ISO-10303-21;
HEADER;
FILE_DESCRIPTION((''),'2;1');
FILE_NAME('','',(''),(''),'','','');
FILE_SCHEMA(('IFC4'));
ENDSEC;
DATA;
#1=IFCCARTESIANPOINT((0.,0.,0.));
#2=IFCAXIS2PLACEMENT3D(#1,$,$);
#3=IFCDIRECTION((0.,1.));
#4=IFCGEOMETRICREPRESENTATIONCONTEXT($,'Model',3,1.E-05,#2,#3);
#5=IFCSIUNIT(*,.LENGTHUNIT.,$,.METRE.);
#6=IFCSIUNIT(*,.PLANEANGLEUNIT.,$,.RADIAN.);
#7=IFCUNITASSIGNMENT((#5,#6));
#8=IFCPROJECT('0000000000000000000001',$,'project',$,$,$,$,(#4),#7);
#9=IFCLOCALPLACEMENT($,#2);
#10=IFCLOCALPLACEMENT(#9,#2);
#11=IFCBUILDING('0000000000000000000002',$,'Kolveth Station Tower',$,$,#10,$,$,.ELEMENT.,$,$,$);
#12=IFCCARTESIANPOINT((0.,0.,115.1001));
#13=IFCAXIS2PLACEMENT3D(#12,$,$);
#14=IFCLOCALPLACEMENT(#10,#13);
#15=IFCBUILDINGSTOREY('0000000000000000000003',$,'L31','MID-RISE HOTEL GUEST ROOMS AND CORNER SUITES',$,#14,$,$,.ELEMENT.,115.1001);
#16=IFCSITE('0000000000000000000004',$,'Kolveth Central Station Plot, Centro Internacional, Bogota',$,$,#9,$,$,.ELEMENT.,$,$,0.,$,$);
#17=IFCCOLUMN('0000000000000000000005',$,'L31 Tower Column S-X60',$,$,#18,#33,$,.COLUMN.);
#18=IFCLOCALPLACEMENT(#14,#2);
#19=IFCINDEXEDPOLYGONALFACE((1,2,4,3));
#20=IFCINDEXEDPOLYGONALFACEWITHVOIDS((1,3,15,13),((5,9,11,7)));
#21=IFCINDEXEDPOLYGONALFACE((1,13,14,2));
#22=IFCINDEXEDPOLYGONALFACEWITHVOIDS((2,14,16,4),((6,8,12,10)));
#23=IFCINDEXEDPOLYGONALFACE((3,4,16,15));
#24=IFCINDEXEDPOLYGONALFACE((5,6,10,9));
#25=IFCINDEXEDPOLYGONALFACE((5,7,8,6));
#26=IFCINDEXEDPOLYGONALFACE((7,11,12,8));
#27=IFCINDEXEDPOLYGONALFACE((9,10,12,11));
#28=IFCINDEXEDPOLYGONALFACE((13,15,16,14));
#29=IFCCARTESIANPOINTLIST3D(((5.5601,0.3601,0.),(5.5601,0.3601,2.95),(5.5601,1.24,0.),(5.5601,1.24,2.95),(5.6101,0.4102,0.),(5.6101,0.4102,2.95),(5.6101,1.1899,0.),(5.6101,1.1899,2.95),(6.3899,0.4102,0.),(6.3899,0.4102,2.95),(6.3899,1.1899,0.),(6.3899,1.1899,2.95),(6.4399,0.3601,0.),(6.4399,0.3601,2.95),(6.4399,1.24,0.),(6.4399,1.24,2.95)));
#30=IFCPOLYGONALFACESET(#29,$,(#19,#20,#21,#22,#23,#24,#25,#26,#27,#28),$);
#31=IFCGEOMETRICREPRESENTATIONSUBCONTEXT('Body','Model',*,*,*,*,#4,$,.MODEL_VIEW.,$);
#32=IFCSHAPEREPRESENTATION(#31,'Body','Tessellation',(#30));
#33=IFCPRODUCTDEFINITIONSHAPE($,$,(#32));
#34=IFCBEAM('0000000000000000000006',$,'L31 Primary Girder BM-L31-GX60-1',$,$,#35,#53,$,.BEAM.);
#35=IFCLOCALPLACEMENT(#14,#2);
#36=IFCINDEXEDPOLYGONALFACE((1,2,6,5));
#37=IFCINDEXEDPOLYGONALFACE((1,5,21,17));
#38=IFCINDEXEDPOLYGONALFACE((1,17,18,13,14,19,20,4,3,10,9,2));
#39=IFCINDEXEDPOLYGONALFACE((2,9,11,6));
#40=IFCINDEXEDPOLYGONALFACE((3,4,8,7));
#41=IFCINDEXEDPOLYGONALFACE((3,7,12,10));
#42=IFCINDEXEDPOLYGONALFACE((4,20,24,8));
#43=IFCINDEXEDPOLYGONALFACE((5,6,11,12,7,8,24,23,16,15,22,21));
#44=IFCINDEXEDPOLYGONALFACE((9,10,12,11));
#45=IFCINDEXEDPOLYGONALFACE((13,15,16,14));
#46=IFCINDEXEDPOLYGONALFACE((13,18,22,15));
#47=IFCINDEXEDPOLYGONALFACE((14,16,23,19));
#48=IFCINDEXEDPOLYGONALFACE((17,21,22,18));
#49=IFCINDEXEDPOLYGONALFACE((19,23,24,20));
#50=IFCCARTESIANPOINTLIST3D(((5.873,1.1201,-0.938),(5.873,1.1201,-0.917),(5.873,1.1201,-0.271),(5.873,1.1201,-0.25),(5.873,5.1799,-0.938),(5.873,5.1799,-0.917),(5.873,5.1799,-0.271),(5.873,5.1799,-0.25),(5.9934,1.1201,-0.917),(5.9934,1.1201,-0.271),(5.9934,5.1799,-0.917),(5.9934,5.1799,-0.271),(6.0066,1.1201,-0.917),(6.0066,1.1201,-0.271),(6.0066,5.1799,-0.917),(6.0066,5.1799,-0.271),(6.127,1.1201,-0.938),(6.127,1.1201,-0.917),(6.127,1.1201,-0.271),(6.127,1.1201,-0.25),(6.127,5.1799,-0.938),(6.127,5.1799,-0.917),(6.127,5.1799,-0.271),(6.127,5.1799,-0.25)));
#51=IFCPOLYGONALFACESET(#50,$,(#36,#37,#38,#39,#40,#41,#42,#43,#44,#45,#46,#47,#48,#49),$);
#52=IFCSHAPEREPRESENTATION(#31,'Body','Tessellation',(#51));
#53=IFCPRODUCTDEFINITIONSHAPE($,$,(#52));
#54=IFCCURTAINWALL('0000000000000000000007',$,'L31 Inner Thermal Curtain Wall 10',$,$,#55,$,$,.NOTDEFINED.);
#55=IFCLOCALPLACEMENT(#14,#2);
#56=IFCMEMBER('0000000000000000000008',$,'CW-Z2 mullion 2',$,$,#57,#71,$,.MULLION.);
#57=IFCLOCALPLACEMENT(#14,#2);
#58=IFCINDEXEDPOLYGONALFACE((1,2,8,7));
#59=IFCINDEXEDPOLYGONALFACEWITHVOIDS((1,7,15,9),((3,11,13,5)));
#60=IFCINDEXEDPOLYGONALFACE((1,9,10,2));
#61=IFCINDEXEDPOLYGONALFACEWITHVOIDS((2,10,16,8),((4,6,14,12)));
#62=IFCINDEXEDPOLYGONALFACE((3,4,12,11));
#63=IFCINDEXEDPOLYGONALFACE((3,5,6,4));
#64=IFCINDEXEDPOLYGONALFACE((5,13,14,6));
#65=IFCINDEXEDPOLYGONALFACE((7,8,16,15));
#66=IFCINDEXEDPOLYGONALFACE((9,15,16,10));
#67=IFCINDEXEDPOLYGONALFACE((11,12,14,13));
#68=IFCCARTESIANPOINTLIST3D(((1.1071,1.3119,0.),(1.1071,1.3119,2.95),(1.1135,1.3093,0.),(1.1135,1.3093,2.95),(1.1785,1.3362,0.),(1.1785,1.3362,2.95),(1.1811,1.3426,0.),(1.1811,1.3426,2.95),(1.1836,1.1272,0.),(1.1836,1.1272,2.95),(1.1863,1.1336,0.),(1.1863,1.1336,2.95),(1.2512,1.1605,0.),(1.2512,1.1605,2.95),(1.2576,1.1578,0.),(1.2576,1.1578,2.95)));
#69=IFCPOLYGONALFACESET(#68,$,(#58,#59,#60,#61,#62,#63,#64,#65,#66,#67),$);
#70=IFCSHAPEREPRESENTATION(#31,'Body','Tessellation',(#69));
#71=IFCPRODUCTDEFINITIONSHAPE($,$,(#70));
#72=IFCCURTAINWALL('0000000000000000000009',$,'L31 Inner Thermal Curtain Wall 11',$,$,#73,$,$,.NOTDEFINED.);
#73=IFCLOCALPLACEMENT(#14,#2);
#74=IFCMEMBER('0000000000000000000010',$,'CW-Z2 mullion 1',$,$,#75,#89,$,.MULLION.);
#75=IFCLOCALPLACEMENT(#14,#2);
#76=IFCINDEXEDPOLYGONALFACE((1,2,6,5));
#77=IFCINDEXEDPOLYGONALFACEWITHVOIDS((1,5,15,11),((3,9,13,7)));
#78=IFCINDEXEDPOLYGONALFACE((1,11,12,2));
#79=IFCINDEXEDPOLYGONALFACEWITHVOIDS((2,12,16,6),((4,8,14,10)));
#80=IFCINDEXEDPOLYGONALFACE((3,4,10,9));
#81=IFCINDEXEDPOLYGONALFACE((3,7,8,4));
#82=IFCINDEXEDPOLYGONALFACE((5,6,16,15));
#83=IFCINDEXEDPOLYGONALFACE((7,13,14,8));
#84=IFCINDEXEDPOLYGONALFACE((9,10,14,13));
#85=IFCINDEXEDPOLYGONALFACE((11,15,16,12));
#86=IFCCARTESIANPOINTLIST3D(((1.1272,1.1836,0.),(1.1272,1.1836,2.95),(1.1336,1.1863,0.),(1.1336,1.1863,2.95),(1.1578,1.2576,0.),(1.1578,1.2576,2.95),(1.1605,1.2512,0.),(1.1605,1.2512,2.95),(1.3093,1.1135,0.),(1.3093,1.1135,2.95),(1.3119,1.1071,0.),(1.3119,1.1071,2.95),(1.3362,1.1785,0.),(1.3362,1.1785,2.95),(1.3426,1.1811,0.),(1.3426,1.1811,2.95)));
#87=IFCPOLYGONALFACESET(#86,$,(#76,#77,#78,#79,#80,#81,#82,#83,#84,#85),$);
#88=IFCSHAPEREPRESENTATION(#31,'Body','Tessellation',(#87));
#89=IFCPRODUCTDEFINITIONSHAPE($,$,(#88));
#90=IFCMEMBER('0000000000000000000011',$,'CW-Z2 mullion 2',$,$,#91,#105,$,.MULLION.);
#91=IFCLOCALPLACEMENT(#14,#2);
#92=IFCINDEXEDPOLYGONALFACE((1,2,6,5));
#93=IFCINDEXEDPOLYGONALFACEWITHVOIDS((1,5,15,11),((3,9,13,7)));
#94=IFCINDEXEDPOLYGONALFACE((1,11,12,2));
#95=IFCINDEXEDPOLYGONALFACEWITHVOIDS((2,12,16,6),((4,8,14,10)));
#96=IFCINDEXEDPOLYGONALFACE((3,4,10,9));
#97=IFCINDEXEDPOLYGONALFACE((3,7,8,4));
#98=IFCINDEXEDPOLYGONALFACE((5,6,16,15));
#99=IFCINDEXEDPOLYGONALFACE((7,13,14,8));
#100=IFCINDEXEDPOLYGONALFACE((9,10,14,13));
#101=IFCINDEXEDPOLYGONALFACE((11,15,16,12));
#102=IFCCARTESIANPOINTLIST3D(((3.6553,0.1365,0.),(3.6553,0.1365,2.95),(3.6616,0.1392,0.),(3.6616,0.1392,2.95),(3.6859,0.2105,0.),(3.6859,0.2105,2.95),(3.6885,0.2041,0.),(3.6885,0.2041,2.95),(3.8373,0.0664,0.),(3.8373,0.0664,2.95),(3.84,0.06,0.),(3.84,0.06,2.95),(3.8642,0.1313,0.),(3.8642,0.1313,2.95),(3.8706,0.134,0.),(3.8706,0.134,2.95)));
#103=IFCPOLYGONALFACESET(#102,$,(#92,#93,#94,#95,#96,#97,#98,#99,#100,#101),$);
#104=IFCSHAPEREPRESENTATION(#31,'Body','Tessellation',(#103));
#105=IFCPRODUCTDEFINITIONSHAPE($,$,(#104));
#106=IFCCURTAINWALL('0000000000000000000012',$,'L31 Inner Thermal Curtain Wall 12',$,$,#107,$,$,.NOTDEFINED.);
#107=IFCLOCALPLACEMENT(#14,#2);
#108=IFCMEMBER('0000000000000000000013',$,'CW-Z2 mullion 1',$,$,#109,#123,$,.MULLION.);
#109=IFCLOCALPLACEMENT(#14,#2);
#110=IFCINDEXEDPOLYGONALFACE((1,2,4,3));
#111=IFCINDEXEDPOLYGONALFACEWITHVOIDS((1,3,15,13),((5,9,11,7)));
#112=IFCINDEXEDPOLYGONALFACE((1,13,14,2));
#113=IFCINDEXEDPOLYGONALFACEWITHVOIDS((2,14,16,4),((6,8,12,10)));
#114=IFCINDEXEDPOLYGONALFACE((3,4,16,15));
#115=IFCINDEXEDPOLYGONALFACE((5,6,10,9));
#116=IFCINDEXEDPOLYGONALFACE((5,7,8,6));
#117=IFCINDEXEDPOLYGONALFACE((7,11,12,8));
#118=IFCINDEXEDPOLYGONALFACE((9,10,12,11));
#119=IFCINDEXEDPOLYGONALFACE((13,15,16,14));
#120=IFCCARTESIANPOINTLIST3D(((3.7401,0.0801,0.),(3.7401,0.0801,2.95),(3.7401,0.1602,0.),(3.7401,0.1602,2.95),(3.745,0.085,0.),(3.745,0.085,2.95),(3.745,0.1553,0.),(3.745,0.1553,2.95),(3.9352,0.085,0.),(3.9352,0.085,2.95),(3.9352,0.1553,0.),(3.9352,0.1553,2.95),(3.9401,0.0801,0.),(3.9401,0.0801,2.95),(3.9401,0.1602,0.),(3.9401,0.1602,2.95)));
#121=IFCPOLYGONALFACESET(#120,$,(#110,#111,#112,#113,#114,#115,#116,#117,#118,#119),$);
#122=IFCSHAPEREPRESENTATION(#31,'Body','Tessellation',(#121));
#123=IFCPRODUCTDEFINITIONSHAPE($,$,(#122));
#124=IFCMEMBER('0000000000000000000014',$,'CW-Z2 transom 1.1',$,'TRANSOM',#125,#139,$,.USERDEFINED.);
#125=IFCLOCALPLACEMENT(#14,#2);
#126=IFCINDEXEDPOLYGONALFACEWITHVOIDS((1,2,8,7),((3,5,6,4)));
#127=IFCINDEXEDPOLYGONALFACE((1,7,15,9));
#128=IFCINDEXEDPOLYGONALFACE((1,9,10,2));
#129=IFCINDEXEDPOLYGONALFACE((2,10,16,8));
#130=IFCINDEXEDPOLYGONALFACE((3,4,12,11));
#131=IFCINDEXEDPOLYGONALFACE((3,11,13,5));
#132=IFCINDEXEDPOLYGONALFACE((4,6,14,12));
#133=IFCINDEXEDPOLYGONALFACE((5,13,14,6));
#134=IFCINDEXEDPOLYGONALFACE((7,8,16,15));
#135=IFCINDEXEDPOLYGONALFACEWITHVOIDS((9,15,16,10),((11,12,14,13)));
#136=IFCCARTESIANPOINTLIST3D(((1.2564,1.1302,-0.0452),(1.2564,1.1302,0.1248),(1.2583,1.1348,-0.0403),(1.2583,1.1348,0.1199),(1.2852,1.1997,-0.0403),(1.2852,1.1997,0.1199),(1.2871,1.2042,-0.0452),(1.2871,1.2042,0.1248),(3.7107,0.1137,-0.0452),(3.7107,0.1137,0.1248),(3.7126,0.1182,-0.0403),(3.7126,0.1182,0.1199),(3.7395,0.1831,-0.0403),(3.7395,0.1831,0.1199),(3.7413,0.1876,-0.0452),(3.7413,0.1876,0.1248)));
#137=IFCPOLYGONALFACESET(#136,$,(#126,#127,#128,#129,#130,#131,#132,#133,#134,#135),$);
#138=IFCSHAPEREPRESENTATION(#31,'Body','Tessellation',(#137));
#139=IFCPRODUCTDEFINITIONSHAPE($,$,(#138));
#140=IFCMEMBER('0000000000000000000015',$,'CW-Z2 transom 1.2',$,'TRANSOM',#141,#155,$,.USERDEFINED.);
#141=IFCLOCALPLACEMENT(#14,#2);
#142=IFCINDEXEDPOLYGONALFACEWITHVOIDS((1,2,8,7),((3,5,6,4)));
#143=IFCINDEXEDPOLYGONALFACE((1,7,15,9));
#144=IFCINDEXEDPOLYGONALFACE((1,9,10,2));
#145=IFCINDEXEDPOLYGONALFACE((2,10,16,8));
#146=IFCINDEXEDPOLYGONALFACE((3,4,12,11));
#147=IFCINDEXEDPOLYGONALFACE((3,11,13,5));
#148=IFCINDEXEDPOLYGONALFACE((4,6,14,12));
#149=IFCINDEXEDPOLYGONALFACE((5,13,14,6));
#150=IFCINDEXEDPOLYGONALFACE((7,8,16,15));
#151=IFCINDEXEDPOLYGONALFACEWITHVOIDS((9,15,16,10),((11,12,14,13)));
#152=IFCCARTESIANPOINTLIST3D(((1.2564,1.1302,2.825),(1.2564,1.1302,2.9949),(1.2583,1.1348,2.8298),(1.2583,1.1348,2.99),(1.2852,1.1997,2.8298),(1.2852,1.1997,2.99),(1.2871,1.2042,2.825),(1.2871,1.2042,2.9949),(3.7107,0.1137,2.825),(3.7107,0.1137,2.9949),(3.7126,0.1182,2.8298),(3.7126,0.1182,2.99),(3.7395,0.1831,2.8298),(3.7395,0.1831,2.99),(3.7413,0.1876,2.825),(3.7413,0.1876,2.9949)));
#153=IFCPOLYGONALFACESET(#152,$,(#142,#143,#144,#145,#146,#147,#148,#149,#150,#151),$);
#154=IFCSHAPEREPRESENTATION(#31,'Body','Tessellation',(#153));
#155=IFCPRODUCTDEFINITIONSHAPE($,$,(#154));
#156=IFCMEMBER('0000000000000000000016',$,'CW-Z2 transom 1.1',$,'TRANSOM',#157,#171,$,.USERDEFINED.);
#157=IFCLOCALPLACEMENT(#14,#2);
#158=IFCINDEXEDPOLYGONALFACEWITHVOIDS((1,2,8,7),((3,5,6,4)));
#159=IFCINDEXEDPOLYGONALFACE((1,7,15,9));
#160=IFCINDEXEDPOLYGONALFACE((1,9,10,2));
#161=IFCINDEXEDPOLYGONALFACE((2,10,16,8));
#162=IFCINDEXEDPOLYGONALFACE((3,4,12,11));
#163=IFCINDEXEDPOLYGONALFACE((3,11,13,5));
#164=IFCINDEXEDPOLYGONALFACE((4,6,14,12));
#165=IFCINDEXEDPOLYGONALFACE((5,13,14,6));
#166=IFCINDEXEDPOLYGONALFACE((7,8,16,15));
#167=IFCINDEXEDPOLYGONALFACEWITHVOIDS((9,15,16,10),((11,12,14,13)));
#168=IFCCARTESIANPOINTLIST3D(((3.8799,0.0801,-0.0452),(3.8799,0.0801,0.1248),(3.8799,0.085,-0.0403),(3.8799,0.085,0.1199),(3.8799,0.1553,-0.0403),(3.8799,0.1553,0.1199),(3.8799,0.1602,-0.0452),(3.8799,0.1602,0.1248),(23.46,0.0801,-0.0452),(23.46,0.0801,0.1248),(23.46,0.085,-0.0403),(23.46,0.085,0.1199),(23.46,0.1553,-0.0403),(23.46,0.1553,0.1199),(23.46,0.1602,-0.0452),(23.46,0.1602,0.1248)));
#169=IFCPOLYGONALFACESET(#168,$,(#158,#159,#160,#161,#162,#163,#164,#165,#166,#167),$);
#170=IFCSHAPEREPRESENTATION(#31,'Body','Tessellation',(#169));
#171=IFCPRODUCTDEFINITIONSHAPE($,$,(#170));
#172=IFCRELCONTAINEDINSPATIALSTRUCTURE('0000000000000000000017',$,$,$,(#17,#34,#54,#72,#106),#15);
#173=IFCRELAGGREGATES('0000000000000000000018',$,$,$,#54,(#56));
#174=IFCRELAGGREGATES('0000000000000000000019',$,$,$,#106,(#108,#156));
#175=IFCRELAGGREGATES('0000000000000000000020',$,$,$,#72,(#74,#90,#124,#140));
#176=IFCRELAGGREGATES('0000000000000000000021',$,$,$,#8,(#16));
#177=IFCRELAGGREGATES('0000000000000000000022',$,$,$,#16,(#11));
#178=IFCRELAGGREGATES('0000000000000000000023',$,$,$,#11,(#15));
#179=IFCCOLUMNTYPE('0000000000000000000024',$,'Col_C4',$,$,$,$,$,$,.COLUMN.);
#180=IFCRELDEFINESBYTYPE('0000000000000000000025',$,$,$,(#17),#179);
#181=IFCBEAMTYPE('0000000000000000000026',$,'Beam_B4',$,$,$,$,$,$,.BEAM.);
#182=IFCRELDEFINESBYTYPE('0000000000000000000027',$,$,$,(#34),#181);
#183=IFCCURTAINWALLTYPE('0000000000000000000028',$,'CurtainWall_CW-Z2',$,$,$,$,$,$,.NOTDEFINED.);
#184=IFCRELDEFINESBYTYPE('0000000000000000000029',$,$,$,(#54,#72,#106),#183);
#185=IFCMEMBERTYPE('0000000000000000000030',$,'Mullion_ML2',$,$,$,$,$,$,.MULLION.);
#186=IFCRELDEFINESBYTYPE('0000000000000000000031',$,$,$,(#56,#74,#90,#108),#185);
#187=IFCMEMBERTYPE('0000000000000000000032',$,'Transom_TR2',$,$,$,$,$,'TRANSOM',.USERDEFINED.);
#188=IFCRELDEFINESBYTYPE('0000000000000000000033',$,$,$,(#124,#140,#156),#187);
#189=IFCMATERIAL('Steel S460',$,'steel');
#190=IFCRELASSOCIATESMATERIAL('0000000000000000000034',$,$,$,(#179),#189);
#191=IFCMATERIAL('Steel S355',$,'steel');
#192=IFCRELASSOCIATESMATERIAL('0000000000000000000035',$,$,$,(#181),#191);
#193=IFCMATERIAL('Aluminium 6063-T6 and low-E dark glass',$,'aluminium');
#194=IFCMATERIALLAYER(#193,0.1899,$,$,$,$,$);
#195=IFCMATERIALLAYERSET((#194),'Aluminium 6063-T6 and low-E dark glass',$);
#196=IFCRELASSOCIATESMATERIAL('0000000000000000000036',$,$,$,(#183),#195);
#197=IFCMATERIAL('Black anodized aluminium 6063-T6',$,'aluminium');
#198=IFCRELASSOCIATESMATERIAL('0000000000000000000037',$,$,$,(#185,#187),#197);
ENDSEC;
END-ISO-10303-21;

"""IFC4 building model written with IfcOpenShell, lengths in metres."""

from ifc_helpers import new_model, si_unit, direction, frame, origin, origin_2d, place, context, subcontext, project, spatial, hollow_rectangle, i_section, extrude, source, transform, mapped, material, layer, layer_set, material_profile, profile_set, type_object, element, aggregate, save


model = new_model("IFC4")

# Units and contexts
model_context = context("Model", 3, precision=1e-05, world=origin(), true_north=direction((0.0, 1.0)))
body_context = subcontext(model_context, "Body", "Model", "MODEL_VIEW")
ifc_project = project(units=[si_unit("LENGTHUNIT", "METRE"), si_unit("PLANEANGLEUNIT", "RADIAN")], contexts=[model_context])

# Site, building, storey
site_placement = place(None, origin())
site = spatial("IfcSite", under=ifc_project, at=site_placement, Name="Kolveth Central Station Plot, Centro Internacional, Bogota", CompositionType="ELEMENT", RefElevation=0.0)
building_placement = place(site_placement, origin())
building = spatial("IfcBuilding", under=site, at=building_placement, Name="Kolveth Station Tower", CompositionType="ELEMENT")
storey_placement = place(building_placement, frame((0.0, 0.0, 115.1001)))
storey = spatial("IfcBuildingStorey", under=building, at=storey_placement, Name="L31", Description="MID-RISE HOTEL GUEST ROOMS AND CORNER SUITES", CompositionType="ELEMENT", Elevation=115.1001)

# Column
ifc_material_1 = material(Name="Steel S460", Category="steel")
ifc_material_profile_1 = material_profile(ifc_material_1, hollow_rectangle(XDim=0.8799, YDim=0.8799, WallThickness=0.05, at=origin_2d()), Name="BOX880x880x50")
ifc_profile_set_1 = profile_set([ifc_material_profile_1], Name="Steel S460")
column_type = type_object("IfcColumnType", Name="Col_C4", PredefinedType="COLUMN", material=ifc_profile_set_1)
shared_shape_1 = source(origin(), body_context, "Body", "SweptSolid", [
    extrude(hollow_rectangle(XDim=0.8799, YDim=0.8799, WallThickness=0.05, at=origin_2d()), origin(), (0.0, 0.0, 1.0), 2.95),
])
column_placement = place(storey_placement, frame((6.0, 0.8, 0.0), z_axis=(0.0, 0.0, 1.0), x_axis=(1.0, 0.0, 0.0)))
element("IfcColumn", 1, at=column_placement, inside=storey, type_object=column_type, Name="L31 Tower Column S-X60", PredefinedType="COLUMN", context=body_context, shape_type="MappedRepresentation", body=[
    mapped(shared_shape_1, transform((0.0, 0.0, 0.0), x_axis=(1.0, 0.0, 0.0), y_axis=(0.0, 1.0, 0.0), z_axis=(0.0, 0.0, 1.0), scale=1.0)),
])

# Beam
ifc_material_2 = material(Name="Steel S355", Category="steel")
ifc_material_profile_2 = material_profile(ifc_material_2, i_section(OverallWidth=0.2539, OverallDepth=0.688, WebThickness=0.0132, FlangeThickness=0.021, at=origin_2d()), Name="W690x152")
ifc_profile_set_2 = profile_set([ifc_material_profile_2], Name="Steel S355")
beam_type = type_object("IfcBeamType", Name="Beam_B4", PredefinedType="BEAM", material=ifc_profile_set_2)
shared_shape_2 = source(origin(), body_context, "Body", "SweptSolid", [
    extrude(i_section(OverallWidth=0.2539, OverallDepth=0.688, WebThickness=0.0132, FlangeThickness=0.021, at=origin_2d()), origin(), (0.0, 0.0, 1.0), 4.0598),
])
beam_placement = place(storey_placement, frame((6.0, 1.1201, -0.594), z_axis=(0.0, 1.0, 0.0), x_axis=(-1.0, 0.0, 0.0)))
element("IfcBeam", 2, at=beam_placement, inside=storey, type_object=beam_type, Name="L31 Primary Girder BM-L31-GX60-1", PredefinedType="BEAM", context=body_context, shape_type="MappedRepresentation", body=[
    mapped(shared_shape_2, transform((0.0, 0.0, 0.0), x_axis=(1.0, 0.0, 0.0), y_axis=(0.0, 1.0, 0.0), z_axis=(0.0, 0.0, 1.0), scale=1.0)),
])

# Curtain wall, member
ifc_material_3 = material(Name="Aluminium 6063-T6 and low-E dark glass", Category="aluminium")
ifc_layer_1 = layer(ifc_material_3, 0.1899)
ifc_layer_set_1 = layer_set([ifc_layer_1], Name="Aluminium 6063-T6 and low-E dark glass")
curtain_wall_type_1 = type_object("IfcCurtainWallType", Name="CurtainWall_CW-Z2", PredefinedType="NOTDEFINED", material=ifc_layer_set_1)
curtain_wall_1_placement = place(storey_placement, origin())
curtain_wall_1 = element("IfcCurtainWall", 3, at=curtain_wall_1_placement, inside=storey, type_object=curtain_wall_type_1, Name="L31 Inner Thermal Curtain Wall 10", PredefinedType="NOTDEFINED")
ifc_material_4 = material(Name="Black anodized aluminium 6063-T6", Category="aluminium")
ifc_material_profile_3 = material_profile(ifc_material_4, hollow_rectangle(XDim=0.0801, YDim=0.2, WallThickness=0.0049, at=origin_2d()), Name="ALU-80x200x5")
ifc_profile_set_3 = profile_set([ifc_material_profile_3], Name="Black anodized aluminium 6063-T6")
member_type_1 = type_object("IfcMemberType", Name="Mullion_ML2", PredefinedType="MULLION", material=ifc_profile_set_3)
shared_shape_3 = source(origin(), body_context, "Body", "SweptSolid", [
    extrude(hollow_rectangle(XDim=0.0801, YDim=0.2, WallThickness=0.0049, at=origin_2d()), origin(), (0.0, 0.0, 1.0), 2.95),
])
member_1_placement = place(storey_placement, frame((1.1824, 1.2349, 0.0), z_axis=(0.0, 0.0, 1.0), x_axis=(0.923888, 0.382663, 0.0)))
member_1 = element("IfcMember", 4, at=member_1_placement, type_object=member_type_1, Name="CW-Z2 mullion 2", PredefinedType="MULLION", context=body_context, shape_type="MappedRepresentation", body=[
    mapped(shared_shape_3, transform((0.0, 0.0, 0.0), x_axis=(1.0, 0.0, 0.0), y_axis=(0.0, 1.0, 0.0), z_axis=(0.0, 0.0, 1.0), scale=1.0)),
])
aggregate(curtain_wall_1, [member_1])

# Curtain wall, members
curtain_wall_2_placement = place(storey_placement, origin())
curtain_wall_2 = element("IfcCurtainWall", 5, at=curtain_wall_2_placement, inside=storey, type_object=curtain_wall_type_1, Name="L31 Inner Thermal Curtain Wall 11", PredefinedType="NOTDEFINED")
member_2_placement = place(storey_placement, frame((1.2349, 1.1824, 0.0), z_axis=(0.0, 0.0, 1.0), x_axis=(0.382663, 0.923888, 0.0)))
member_2 = element("IfcMember", 6, at=member_2_placement, type_object=member_type_1, Name="CW-Z2 mullion 1", PredefinedType="MULLION", context=body_context, shape_type="MappedRepresentation", body=[
    mapped(shared_shape_3, transform((0.0, 0.0, 0.0), x_axis=(1.0, 0.0, 0.0), y_axis=(0.0, 1.0, 0.0), z_axis=(0.0, 0.0, 1.0), scale=1.0)),
])
member_3_placement = place(storey_placement, frame((3.7629, 0.1353, 0.0), z_axis=(0.0, 0.0, 1.0), x_axis=(0.382663, 0.923888, 0.0)))
member_3 = element("IfcMember", 7, at=member_3_placement, type_object=member_type_1, Name="CW-Z2 mullion 2", PredefinedType="MULLION", context=body_context, shape_type="MappedRepresentation", body=[
    mapped(shared_shape_3, transform((0.0, 0.0, 0.0), x_axis=(1.0, 0.0, 0.0), y_axis=(0.0, 1.0, 0.0), z_axis=(0.0, 0.0, 1.0), scale=1.0)),
])

# Curtain wall, member
curtain_wall_3_placement = place(storey_placement, origin())
curtain_wall_3 = element("IfcCurtainWall", 8, at=curtain_wall_3_placement, inside=storey, type_object=curtain_wall_type_1, Name="L31 Inner Thermal Curtain Wall 12", PredefinedType="NOTDEFINED")
member_4_placement = place(storey_placement, frame((3.8401, 0.1201, 0.0), z_axis=(0.0, 0.0, 1.0), x_axis=(0.0, 1.0, 0.0)))
member_4 = element("IfcMember", 9, at=member_4_placement, type_object=member_type_1, Name="CW-Z2 mullion 1", PredefinedType="MULLION", context=body_context, shape_type="MappedRepresentation", body=[
    mapped(shared_shape_3, transform((0.0, 0.0, 0.0), x_axis=(1.0, 0.0, 0.0), y_axis=(0.0, 1.0, 0.0), z_axis=(0.0, 0.0, 1.0), scale=1.0)),
])

# Members
ifc_material_profile_4 = material_profile(ifc_material_4, hollow_rectangle(XDim=0.0801, YDim=0.1699, WallThickness=0.0049, at=origin_2d()), Name="ALU-80x170x5")
ifc_profile_set_4 = profile_set([ifc_material_profile_4], Name="Black anodized aluminium 6063-T6")
member_type_2 = type_object("IfcMemberType", Name="Transom_TR2", ElementType="TRANSOM", PredefinedType="USERDEFINED", material=ifc_profile_set_4)
shared_shape_4 = source(origin(), body_context, "Body", "SweptSolid", [
    extrude(hollow_rectangle(XDim=0.0801, YDim=0.1699, WallThickness=0.0049, at=origin_2d()), origin(), (0.0, 0.0, 1.0), 2.6565),
])
member_5_placement = place(storey_placement, frame((1.2717, 1.1672, 0.0398), z_axis=(0.923882, -0.382676, 0.0), x_axis=(0.382676, 0.923882, 0.0)))
member_5 = element("IfcMember", 10, at=member_5_placement, type_object=member_type_2, Name="CW-Z2 transom 1.1", ObjectType="TRANSOM", PredefinedType="USERDEFINED", context=body_context, shape_type="MappedRepresentation", body=[
    mapped(shared_shape_4, transform((0.0, 0.0, 0.0), x_axis=(1.0, 0.0, 0.0), y_axis=(0.0, 1.0, 0.0), z_axis=(0.0, 0.0, 1.0), scale=1.0)),
])
member_6_placement = place(storey_placement, frame((1.2717, 1.1672, 2.9099), z_axis=(0.923882, -0.382676, 0.0), x_axis=(0.382676, 0.923882, 0.0)))
member_6 = element("IfcMember", 11, at=member_6_placement, type_object=member_type_2, Name="CW-Z2 transom 1.2", ObjectType="TRANSOM", PredefinedType="USERDEFINED", context=body_context, shape_type="MappedRepresentation", body=[
    mapped(shared_shape_4, transform((0.0, 0.0, 0.0), x_axis=(1.0, 0.0, 0.0), y_axis=(0.0, 1.0, 0.0), z_axis=(0.0, 0.0, 1.0), scale=1.0)),
])
shared_shape_5 = source(origin(), body_context, "Body", "SweptSolid", [
    extrude(hollow_rectangle(XDim=0.0801, YDim=0.1699, WallThickness=0.0049, at=origin_2d()), origin(), (0.0, 0.0, 1.0), 19.5801),
])
member_7_placement = place(storey_placement, frame((3.8799, 0.1201, 0.0398), z_axis=(1.0, 0.0, 0.0), x_axis=(0.0, 1.0, 0.0)))
member_7 = element("IfcMember", 12, at=member_7_placement, type_object=member_type_2, Name="CW-Z2 transom 1.1", ObjectType="TRANSOM", PredefinedType="USERDEFINED", context=body_context, shape_type="MappedRepresentation", body=[
    mapped(shared_shape_5, transform((0.0, 0.0, 0.0), x_axis=(1.0, 0.0, 0.0), y_axis=(0.0, 1.0, 0.0), z_axis=(0.0, 0.0, 1.0), scale=1.0)),
])
aggregate(curtain_wall_3, [member_4, member_7])

aggregate(curtain_wall_2, [member_2, member_3, member_5, member_6])

save(model, "model.ifc")
